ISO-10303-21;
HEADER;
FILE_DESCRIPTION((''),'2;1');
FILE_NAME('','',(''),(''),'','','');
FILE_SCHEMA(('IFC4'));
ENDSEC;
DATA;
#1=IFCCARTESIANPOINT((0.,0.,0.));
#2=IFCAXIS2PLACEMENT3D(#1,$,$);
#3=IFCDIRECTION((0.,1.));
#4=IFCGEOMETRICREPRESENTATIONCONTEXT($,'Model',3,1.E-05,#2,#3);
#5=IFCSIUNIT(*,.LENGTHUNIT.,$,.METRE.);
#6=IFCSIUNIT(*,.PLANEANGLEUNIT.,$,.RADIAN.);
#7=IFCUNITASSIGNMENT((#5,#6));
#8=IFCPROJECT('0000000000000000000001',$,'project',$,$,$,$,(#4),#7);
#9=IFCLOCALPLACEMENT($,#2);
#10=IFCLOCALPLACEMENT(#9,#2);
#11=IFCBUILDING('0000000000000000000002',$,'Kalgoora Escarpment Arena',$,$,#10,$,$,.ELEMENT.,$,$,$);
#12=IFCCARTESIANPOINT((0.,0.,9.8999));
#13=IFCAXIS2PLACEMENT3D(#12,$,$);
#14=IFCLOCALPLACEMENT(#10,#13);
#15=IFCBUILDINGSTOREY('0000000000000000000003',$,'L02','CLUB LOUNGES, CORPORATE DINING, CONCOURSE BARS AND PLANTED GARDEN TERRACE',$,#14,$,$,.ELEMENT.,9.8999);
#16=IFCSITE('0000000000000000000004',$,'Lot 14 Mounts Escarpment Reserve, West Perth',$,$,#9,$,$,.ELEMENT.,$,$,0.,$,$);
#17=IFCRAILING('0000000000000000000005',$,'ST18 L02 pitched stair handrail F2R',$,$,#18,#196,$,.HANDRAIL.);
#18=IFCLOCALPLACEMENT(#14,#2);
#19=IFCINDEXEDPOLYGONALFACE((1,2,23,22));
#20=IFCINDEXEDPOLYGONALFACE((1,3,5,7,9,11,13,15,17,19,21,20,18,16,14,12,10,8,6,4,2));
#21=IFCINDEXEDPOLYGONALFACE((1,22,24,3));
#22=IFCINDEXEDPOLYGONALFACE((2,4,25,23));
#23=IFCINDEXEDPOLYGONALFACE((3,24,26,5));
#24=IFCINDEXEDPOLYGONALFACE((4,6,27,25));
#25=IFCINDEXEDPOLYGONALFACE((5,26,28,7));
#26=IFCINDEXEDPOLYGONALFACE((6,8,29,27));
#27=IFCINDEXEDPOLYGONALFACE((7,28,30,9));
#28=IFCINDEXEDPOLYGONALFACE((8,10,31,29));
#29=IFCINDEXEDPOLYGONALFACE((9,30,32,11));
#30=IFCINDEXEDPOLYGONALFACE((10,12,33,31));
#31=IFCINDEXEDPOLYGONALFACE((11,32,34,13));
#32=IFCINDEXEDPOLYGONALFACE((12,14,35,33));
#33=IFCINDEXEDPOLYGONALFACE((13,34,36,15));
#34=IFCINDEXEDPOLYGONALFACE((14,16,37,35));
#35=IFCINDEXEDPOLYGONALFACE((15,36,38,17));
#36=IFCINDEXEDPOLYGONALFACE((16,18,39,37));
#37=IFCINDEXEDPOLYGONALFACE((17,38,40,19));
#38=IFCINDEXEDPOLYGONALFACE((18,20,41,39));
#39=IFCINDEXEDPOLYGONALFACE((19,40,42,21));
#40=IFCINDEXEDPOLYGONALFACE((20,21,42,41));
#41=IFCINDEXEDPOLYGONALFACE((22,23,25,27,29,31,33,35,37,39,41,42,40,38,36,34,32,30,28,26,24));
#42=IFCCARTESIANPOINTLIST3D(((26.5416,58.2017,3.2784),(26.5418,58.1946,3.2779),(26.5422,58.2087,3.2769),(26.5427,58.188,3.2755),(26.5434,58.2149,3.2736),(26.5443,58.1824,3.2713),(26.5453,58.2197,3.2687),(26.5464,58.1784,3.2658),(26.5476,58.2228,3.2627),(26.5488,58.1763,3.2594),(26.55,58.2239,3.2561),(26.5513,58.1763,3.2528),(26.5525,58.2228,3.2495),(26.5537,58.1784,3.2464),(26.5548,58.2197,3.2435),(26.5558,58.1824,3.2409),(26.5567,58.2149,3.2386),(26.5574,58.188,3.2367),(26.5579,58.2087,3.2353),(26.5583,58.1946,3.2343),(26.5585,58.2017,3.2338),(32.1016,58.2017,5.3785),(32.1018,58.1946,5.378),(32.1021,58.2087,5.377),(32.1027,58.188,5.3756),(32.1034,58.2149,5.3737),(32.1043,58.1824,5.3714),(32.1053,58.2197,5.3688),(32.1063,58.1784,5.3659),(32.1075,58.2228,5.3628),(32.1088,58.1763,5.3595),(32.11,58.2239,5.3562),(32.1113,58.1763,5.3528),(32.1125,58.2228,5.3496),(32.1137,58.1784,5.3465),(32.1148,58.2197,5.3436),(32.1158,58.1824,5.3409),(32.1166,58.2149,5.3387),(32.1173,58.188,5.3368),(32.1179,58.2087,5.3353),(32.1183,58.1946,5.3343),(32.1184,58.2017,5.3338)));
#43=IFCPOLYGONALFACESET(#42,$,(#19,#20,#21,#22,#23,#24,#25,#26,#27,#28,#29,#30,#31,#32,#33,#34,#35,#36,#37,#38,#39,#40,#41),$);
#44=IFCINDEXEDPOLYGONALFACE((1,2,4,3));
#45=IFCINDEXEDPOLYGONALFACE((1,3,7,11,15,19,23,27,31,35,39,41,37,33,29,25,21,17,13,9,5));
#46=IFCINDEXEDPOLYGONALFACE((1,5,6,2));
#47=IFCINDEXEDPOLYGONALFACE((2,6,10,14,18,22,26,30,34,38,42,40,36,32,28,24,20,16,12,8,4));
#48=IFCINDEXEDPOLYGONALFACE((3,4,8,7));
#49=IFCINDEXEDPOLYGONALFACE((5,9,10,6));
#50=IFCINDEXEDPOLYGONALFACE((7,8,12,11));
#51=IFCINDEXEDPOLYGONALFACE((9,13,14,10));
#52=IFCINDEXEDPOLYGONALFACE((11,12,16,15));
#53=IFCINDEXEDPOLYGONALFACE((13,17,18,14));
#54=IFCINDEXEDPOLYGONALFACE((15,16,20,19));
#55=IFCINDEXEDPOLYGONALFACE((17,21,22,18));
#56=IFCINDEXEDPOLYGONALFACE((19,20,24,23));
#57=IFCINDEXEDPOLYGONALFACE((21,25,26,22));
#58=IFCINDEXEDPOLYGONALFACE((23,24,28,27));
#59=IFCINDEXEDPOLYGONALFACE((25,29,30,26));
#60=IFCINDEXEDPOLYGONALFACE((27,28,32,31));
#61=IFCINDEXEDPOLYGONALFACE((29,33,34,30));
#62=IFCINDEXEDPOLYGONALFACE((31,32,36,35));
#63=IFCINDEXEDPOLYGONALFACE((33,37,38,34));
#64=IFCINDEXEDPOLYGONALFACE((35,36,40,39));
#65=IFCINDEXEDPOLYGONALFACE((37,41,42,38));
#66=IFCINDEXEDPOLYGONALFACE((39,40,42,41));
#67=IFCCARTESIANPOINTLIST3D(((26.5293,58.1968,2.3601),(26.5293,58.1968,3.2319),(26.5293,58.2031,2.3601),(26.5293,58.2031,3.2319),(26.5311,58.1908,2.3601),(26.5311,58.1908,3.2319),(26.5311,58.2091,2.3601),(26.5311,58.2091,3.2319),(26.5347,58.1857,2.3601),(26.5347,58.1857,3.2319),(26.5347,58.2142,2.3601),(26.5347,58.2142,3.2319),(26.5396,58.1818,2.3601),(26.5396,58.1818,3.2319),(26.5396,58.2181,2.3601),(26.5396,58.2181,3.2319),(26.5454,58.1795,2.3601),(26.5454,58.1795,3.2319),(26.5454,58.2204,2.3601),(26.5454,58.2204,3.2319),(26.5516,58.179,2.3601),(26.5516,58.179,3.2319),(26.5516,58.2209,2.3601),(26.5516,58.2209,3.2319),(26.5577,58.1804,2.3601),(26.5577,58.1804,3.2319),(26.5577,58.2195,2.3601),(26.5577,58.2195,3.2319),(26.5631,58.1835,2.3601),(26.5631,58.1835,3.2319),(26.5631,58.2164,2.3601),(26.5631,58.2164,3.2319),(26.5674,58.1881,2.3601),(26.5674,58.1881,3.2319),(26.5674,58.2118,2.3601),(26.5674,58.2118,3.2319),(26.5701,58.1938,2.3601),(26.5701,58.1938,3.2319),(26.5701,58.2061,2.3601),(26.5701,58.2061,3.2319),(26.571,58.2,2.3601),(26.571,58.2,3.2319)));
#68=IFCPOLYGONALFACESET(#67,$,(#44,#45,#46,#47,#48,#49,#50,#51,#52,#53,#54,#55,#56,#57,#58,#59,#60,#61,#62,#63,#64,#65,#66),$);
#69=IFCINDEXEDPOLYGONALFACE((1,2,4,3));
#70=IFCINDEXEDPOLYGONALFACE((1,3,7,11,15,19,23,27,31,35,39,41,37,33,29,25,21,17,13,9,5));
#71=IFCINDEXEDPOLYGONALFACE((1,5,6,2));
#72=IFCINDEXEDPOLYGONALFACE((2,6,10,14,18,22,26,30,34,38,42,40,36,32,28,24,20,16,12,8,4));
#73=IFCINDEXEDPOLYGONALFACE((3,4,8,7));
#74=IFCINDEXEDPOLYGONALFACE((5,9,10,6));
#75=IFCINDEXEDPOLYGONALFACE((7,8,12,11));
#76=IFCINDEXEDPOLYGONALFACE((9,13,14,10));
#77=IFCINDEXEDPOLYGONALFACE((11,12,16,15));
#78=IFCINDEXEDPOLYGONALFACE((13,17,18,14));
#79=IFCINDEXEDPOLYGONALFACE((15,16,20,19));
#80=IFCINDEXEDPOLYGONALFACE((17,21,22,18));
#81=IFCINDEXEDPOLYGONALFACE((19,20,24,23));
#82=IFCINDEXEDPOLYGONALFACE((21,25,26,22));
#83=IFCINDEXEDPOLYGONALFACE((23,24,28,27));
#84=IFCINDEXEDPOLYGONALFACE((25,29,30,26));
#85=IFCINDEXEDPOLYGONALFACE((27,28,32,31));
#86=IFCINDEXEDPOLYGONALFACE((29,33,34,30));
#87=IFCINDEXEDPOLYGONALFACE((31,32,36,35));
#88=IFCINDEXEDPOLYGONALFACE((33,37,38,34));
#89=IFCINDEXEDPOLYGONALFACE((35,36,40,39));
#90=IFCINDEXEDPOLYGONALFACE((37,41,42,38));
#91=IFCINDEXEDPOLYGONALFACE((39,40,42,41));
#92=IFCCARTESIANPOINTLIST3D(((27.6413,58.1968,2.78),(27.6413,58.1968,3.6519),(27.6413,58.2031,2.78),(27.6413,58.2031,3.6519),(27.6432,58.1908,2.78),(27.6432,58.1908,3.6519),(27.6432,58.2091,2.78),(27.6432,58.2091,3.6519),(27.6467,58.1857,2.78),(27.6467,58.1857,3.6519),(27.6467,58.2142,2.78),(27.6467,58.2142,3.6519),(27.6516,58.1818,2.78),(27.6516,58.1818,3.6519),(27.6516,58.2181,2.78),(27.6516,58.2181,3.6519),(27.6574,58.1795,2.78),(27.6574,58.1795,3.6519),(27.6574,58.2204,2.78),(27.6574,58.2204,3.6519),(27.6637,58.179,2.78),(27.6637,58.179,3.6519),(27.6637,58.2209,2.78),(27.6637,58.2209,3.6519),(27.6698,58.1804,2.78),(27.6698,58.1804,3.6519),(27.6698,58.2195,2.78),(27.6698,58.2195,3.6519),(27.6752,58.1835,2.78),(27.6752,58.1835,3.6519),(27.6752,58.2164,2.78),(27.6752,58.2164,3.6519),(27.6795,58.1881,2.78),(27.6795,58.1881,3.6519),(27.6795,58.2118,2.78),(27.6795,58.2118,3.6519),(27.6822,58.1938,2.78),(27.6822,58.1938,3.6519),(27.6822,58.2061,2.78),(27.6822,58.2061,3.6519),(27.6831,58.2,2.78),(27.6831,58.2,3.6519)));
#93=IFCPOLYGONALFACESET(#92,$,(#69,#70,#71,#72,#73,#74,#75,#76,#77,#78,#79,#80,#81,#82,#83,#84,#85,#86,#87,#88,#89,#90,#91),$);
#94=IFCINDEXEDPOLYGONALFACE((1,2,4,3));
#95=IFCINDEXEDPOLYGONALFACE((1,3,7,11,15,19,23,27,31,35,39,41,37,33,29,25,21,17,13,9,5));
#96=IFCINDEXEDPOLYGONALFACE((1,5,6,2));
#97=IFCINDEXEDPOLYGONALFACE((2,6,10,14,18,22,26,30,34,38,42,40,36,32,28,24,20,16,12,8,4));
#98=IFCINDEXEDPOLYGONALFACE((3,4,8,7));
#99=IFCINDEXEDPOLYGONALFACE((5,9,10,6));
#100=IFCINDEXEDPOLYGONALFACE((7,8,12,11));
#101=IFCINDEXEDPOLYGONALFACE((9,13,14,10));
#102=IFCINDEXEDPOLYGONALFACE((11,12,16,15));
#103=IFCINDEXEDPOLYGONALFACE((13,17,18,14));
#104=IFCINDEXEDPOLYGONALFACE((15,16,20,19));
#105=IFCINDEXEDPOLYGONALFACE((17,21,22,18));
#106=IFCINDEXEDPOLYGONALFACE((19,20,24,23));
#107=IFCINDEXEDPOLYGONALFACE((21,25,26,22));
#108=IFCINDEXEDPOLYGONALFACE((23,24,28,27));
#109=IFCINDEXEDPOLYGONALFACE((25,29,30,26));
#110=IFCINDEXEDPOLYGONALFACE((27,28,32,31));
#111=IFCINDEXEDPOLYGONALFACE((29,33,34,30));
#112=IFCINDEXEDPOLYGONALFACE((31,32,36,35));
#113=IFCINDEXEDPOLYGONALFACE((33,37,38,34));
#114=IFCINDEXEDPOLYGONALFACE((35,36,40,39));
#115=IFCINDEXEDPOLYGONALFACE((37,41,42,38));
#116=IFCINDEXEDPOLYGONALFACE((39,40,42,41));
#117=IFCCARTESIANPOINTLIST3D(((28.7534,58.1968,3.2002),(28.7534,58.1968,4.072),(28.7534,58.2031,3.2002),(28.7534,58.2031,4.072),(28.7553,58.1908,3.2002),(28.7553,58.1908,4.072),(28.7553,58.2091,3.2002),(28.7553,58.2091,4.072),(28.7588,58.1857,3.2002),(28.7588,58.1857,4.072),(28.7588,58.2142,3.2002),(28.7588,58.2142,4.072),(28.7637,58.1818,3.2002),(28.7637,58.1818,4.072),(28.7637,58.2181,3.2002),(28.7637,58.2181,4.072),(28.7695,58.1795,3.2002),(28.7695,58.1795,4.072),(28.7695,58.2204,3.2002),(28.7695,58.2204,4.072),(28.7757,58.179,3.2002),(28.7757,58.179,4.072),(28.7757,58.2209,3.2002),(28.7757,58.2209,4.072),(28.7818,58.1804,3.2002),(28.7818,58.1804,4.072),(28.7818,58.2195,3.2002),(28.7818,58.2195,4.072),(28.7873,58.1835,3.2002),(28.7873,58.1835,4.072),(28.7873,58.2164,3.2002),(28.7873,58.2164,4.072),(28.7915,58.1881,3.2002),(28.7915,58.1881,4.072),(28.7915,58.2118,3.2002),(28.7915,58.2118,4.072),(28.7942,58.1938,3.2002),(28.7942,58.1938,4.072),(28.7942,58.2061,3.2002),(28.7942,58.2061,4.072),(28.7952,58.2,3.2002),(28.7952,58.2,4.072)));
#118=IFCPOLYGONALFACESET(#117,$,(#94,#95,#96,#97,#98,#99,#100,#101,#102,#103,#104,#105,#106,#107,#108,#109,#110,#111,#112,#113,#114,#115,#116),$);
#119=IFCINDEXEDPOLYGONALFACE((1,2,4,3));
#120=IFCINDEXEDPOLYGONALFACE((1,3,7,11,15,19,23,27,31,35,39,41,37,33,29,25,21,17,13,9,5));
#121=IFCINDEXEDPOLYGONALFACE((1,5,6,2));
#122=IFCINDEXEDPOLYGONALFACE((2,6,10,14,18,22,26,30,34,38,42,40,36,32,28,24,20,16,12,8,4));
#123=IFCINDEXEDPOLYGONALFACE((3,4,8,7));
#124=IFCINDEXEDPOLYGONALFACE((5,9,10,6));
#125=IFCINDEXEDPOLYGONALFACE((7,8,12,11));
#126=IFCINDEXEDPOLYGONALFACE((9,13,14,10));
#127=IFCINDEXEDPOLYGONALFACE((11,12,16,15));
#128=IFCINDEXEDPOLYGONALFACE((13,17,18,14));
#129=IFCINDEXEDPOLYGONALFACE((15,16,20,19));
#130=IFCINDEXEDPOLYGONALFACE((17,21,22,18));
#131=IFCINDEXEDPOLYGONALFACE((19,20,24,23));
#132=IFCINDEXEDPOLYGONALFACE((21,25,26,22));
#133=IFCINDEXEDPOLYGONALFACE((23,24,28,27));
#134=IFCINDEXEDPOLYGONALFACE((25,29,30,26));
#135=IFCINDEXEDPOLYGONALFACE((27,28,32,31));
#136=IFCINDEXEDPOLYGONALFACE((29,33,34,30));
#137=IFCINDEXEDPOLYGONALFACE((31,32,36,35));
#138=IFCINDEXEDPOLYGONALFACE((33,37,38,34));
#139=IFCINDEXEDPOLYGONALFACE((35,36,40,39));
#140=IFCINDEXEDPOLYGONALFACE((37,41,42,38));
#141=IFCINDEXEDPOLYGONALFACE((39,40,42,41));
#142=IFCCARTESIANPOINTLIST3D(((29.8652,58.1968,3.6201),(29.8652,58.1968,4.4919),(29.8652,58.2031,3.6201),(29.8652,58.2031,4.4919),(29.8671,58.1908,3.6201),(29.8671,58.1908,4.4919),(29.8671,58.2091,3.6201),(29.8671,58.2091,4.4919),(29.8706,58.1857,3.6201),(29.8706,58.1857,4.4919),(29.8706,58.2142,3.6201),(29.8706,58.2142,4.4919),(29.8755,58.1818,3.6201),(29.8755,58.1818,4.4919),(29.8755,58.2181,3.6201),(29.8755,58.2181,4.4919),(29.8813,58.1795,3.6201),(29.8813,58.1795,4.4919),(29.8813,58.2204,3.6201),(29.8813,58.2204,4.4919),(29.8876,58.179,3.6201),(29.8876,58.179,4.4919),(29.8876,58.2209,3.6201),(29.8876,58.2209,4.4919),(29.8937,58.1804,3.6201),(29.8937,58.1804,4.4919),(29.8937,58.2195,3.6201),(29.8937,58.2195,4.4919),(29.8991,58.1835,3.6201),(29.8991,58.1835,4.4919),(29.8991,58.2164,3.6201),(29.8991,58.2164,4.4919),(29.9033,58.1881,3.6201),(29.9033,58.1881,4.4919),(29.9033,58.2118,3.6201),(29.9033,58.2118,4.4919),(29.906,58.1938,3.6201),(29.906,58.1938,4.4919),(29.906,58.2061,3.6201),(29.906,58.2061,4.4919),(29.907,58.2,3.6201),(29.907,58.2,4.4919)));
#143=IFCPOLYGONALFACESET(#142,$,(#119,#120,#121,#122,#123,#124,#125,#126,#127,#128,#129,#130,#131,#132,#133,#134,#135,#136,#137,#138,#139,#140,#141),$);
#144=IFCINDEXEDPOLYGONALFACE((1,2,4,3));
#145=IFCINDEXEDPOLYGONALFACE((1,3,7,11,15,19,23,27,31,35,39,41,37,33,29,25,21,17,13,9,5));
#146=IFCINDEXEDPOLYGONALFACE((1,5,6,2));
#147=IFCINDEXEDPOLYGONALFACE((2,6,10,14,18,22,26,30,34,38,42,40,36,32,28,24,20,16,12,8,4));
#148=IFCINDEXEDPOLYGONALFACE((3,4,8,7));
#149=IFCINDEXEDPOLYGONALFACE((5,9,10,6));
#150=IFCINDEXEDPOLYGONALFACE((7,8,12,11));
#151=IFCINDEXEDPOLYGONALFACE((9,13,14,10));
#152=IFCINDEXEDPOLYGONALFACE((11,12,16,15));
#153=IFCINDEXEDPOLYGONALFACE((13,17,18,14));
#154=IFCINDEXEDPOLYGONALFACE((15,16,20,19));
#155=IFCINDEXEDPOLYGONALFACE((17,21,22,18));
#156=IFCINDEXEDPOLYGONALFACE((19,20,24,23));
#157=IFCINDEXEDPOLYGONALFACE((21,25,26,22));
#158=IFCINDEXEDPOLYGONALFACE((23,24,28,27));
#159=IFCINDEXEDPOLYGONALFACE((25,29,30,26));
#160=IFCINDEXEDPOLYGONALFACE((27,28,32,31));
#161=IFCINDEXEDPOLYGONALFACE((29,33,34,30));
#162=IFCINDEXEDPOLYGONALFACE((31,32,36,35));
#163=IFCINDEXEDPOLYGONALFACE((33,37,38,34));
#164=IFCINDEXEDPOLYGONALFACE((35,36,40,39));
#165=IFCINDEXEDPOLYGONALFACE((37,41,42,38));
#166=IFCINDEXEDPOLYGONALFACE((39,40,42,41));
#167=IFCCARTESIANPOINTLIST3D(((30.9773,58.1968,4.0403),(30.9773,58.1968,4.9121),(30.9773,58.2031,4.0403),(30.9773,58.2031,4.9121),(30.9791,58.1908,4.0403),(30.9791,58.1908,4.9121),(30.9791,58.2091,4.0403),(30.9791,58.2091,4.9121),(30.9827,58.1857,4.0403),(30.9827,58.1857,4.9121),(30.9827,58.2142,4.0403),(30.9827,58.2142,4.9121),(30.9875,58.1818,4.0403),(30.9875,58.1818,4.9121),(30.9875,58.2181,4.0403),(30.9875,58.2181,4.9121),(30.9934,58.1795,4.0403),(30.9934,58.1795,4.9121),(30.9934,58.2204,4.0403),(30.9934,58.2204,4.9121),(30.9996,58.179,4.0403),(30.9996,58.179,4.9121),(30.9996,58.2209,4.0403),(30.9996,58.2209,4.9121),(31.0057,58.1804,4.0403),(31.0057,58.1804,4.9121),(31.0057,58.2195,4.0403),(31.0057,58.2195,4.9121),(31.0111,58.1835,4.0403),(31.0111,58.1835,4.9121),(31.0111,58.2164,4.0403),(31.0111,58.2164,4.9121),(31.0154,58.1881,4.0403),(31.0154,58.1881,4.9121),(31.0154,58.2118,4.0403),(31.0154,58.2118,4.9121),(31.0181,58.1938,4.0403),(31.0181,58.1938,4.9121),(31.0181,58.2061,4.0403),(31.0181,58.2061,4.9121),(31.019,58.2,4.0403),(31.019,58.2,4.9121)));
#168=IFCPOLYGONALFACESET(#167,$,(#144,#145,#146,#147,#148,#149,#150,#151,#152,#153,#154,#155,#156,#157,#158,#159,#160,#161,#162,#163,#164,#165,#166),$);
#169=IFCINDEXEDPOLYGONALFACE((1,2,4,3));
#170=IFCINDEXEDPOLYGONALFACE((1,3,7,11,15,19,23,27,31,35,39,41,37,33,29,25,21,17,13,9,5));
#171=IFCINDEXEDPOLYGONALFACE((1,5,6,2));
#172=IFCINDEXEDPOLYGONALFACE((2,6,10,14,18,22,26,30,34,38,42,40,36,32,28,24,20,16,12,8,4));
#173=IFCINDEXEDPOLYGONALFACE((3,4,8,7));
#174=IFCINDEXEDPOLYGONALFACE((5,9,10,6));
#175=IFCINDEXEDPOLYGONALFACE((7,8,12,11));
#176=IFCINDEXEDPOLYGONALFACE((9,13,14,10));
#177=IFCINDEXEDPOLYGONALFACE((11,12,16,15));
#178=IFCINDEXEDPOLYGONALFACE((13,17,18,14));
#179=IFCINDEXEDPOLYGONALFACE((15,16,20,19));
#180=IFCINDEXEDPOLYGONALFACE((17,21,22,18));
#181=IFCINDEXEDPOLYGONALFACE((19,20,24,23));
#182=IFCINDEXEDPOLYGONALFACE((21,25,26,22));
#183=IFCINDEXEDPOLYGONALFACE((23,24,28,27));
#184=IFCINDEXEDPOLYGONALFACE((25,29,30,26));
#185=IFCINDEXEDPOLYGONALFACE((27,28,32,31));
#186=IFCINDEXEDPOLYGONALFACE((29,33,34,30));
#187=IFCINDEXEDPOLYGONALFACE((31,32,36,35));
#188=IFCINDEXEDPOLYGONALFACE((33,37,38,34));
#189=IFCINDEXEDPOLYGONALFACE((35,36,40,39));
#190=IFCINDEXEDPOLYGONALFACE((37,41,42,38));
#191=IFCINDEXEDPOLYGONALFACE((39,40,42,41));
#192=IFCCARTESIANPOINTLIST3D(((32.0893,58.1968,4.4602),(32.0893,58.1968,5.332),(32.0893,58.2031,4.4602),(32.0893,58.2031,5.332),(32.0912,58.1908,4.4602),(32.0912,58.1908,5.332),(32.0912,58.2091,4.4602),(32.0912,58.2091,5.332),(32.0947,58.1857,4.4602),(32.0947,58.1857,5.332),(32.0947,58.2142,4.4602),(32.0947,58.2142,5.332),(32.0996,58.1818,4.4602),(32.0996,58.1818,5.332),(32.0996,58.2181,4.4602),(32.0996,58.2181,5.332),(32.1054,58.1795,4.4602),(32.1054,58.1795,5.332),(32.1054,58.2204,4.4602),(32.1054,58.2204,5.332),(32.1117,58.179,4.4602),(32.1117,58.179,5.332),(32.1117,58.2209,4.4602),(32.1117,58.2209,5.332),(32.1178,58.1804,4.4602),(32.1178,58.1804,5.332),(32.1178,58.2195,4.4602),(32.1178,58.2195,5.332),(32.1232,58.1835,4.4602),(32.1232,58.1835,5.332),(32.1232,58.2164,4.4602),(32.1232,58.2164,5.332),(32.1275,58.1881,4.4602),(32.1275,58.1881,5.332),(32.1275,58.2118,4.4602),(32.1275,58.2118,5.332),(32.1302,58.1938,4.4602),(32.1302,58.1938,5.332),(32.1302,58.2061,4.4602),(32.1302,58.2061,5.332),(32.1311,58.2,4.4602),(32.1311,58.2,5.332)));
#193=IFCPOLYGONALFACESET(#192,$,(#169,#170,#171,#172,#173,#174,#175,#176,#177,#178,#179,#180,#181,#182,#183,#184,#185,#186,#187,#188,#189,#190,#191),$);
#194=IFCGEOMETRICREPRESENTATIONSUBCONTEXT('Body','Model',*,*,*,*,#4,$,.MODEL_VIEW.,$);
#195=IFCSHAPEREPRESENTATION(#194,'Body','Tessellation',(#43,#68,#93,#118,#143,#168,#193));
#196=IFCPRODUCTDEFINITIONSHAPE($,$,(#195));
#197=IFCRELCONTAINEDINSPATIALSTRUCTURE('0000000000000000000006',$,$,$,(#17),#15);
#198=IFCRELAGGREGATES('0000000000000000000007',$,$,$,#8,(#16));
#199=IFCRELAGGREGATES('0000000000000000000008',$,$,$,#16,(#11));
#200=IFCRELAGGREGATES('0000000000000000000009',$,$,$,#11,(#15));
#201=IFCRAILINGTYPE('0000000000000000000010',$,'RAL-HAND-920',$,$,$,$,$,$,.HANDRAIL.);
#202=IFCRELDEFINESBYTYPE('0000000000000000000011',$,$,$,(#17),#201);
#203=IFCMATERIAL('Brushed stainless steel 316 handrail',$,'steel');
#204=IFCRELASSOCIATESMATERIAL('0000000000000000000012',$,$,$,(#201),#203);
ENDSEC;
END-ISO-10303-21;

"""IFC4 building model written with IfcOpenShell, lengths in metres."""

from ifc_helpers import new_model, si_unit, direction, frame, origin, origin_2d, place, context, subcontext, project, spatial, circle, extrude, material, type_object, element, save


model = new_model("IFC4")

# Units and contexts
model_context = context("Model", 3, precision=1e-05, world=origin(), true_north=direction((0.0, 1.0)))
body_context = subcontext(model_context, "Body", "Model", "MODEL_VIEW")
ifc_project = project(units=[si_unit("LENGTHUNIT", "METRE"), si_unit("PLANEANGLEUNIT", "RADIAN")], contexts=[model_context])

# Site, building, storey
site_placement = place(None, origin())
site = spatial("IfcSite", under=ifc_project, at=site_placement, Name="Lot 14 Mounts Escarpment Reserve, West Perth", CompositionType="ELEMENT", RefElevation=0.0)
building_placement = place(site_placement, origin())
building = spatial("IfcBuilding", under=site, at=building_placement, Name="Kalgoora Escarpment Arena", CompositionType="ELEMENT")
storey_placement = place(building_placement, frame((0.0, 0.0, 9.8999)))
storey = spatial("IfcBuildingStorey", under=building, at=storey_placement, Name="L02", Description="CLUB LOUNGES, CORPORATE DINING, CONCOURSE BARS AND PLANTED GARDEN TERRACE", CompositionType="ELEMENT", Elevation=9.8999)

# Railing
ifc_material_1 = material(Name="Brushed stainless steel 316 handrail", Category="steel")
railing_type_1 = type_object("IfcRailingType", Name="RAL-HAND-920", PredefinedType="HANDRAIL", material=ifc_material_1)
for number, where, name in (
    (1, (26.55, 58.2, 2.3601), "ST18 L02 pitched stair handrail F2R"),
):
    element("IfcRailing", number, at=place(storey_placement, frame(where)), inside=storey, type_object=railing_type_1, Name=name, PredefinedType="HANDRAIL", context=body_context, shape_type="SweptSolid", body=[
        extrude(circle(Radius=0.0239, at=origin_2d()), frame((0.0, 0.0, 0.896), z_axis=(0.935493, 0.0, 0.353346), x_axis=(0.0, 1.0, 0.0)), (0.0, 0.0, 1.0), 5.9434),
        extrude(circle(Radius=0.021, at=origin_2d()), origin(), (0.0, 0.0, 1.0), 0.8718),
        extrude(circle(Radius=0.021, at=origin_2d()), frame((1.1121, 0.0, 0.4199)), (0.0, 0.0, 1.0), 0.8718),
        extrude(circle(Radius=0.021, at=origin_2d()), frame((2.2241, 0.0, 0.8401)), (0.0, 0.0, 1.0), 0.8718),
        extrude(circle(Radius=0.021, at=origin_2d()), frame((3.3359, 0.0, 1.26)), (0.0, 0.0, 1.0), 0.8718),
        extrude(circle(Radius=0.021, at=origin_2d()), frame((4.448, 0.0, 1.6802)), (0.0, 0.0, 1.0), 0.8718),
        extrude(circle(Radius=0.021, at=origin_2d()), frame((5.5601, 0.0, 2.1001)), (0.0, 0.0, 1.0), 0.8718),
    ])

save(model, "model.ifc")
